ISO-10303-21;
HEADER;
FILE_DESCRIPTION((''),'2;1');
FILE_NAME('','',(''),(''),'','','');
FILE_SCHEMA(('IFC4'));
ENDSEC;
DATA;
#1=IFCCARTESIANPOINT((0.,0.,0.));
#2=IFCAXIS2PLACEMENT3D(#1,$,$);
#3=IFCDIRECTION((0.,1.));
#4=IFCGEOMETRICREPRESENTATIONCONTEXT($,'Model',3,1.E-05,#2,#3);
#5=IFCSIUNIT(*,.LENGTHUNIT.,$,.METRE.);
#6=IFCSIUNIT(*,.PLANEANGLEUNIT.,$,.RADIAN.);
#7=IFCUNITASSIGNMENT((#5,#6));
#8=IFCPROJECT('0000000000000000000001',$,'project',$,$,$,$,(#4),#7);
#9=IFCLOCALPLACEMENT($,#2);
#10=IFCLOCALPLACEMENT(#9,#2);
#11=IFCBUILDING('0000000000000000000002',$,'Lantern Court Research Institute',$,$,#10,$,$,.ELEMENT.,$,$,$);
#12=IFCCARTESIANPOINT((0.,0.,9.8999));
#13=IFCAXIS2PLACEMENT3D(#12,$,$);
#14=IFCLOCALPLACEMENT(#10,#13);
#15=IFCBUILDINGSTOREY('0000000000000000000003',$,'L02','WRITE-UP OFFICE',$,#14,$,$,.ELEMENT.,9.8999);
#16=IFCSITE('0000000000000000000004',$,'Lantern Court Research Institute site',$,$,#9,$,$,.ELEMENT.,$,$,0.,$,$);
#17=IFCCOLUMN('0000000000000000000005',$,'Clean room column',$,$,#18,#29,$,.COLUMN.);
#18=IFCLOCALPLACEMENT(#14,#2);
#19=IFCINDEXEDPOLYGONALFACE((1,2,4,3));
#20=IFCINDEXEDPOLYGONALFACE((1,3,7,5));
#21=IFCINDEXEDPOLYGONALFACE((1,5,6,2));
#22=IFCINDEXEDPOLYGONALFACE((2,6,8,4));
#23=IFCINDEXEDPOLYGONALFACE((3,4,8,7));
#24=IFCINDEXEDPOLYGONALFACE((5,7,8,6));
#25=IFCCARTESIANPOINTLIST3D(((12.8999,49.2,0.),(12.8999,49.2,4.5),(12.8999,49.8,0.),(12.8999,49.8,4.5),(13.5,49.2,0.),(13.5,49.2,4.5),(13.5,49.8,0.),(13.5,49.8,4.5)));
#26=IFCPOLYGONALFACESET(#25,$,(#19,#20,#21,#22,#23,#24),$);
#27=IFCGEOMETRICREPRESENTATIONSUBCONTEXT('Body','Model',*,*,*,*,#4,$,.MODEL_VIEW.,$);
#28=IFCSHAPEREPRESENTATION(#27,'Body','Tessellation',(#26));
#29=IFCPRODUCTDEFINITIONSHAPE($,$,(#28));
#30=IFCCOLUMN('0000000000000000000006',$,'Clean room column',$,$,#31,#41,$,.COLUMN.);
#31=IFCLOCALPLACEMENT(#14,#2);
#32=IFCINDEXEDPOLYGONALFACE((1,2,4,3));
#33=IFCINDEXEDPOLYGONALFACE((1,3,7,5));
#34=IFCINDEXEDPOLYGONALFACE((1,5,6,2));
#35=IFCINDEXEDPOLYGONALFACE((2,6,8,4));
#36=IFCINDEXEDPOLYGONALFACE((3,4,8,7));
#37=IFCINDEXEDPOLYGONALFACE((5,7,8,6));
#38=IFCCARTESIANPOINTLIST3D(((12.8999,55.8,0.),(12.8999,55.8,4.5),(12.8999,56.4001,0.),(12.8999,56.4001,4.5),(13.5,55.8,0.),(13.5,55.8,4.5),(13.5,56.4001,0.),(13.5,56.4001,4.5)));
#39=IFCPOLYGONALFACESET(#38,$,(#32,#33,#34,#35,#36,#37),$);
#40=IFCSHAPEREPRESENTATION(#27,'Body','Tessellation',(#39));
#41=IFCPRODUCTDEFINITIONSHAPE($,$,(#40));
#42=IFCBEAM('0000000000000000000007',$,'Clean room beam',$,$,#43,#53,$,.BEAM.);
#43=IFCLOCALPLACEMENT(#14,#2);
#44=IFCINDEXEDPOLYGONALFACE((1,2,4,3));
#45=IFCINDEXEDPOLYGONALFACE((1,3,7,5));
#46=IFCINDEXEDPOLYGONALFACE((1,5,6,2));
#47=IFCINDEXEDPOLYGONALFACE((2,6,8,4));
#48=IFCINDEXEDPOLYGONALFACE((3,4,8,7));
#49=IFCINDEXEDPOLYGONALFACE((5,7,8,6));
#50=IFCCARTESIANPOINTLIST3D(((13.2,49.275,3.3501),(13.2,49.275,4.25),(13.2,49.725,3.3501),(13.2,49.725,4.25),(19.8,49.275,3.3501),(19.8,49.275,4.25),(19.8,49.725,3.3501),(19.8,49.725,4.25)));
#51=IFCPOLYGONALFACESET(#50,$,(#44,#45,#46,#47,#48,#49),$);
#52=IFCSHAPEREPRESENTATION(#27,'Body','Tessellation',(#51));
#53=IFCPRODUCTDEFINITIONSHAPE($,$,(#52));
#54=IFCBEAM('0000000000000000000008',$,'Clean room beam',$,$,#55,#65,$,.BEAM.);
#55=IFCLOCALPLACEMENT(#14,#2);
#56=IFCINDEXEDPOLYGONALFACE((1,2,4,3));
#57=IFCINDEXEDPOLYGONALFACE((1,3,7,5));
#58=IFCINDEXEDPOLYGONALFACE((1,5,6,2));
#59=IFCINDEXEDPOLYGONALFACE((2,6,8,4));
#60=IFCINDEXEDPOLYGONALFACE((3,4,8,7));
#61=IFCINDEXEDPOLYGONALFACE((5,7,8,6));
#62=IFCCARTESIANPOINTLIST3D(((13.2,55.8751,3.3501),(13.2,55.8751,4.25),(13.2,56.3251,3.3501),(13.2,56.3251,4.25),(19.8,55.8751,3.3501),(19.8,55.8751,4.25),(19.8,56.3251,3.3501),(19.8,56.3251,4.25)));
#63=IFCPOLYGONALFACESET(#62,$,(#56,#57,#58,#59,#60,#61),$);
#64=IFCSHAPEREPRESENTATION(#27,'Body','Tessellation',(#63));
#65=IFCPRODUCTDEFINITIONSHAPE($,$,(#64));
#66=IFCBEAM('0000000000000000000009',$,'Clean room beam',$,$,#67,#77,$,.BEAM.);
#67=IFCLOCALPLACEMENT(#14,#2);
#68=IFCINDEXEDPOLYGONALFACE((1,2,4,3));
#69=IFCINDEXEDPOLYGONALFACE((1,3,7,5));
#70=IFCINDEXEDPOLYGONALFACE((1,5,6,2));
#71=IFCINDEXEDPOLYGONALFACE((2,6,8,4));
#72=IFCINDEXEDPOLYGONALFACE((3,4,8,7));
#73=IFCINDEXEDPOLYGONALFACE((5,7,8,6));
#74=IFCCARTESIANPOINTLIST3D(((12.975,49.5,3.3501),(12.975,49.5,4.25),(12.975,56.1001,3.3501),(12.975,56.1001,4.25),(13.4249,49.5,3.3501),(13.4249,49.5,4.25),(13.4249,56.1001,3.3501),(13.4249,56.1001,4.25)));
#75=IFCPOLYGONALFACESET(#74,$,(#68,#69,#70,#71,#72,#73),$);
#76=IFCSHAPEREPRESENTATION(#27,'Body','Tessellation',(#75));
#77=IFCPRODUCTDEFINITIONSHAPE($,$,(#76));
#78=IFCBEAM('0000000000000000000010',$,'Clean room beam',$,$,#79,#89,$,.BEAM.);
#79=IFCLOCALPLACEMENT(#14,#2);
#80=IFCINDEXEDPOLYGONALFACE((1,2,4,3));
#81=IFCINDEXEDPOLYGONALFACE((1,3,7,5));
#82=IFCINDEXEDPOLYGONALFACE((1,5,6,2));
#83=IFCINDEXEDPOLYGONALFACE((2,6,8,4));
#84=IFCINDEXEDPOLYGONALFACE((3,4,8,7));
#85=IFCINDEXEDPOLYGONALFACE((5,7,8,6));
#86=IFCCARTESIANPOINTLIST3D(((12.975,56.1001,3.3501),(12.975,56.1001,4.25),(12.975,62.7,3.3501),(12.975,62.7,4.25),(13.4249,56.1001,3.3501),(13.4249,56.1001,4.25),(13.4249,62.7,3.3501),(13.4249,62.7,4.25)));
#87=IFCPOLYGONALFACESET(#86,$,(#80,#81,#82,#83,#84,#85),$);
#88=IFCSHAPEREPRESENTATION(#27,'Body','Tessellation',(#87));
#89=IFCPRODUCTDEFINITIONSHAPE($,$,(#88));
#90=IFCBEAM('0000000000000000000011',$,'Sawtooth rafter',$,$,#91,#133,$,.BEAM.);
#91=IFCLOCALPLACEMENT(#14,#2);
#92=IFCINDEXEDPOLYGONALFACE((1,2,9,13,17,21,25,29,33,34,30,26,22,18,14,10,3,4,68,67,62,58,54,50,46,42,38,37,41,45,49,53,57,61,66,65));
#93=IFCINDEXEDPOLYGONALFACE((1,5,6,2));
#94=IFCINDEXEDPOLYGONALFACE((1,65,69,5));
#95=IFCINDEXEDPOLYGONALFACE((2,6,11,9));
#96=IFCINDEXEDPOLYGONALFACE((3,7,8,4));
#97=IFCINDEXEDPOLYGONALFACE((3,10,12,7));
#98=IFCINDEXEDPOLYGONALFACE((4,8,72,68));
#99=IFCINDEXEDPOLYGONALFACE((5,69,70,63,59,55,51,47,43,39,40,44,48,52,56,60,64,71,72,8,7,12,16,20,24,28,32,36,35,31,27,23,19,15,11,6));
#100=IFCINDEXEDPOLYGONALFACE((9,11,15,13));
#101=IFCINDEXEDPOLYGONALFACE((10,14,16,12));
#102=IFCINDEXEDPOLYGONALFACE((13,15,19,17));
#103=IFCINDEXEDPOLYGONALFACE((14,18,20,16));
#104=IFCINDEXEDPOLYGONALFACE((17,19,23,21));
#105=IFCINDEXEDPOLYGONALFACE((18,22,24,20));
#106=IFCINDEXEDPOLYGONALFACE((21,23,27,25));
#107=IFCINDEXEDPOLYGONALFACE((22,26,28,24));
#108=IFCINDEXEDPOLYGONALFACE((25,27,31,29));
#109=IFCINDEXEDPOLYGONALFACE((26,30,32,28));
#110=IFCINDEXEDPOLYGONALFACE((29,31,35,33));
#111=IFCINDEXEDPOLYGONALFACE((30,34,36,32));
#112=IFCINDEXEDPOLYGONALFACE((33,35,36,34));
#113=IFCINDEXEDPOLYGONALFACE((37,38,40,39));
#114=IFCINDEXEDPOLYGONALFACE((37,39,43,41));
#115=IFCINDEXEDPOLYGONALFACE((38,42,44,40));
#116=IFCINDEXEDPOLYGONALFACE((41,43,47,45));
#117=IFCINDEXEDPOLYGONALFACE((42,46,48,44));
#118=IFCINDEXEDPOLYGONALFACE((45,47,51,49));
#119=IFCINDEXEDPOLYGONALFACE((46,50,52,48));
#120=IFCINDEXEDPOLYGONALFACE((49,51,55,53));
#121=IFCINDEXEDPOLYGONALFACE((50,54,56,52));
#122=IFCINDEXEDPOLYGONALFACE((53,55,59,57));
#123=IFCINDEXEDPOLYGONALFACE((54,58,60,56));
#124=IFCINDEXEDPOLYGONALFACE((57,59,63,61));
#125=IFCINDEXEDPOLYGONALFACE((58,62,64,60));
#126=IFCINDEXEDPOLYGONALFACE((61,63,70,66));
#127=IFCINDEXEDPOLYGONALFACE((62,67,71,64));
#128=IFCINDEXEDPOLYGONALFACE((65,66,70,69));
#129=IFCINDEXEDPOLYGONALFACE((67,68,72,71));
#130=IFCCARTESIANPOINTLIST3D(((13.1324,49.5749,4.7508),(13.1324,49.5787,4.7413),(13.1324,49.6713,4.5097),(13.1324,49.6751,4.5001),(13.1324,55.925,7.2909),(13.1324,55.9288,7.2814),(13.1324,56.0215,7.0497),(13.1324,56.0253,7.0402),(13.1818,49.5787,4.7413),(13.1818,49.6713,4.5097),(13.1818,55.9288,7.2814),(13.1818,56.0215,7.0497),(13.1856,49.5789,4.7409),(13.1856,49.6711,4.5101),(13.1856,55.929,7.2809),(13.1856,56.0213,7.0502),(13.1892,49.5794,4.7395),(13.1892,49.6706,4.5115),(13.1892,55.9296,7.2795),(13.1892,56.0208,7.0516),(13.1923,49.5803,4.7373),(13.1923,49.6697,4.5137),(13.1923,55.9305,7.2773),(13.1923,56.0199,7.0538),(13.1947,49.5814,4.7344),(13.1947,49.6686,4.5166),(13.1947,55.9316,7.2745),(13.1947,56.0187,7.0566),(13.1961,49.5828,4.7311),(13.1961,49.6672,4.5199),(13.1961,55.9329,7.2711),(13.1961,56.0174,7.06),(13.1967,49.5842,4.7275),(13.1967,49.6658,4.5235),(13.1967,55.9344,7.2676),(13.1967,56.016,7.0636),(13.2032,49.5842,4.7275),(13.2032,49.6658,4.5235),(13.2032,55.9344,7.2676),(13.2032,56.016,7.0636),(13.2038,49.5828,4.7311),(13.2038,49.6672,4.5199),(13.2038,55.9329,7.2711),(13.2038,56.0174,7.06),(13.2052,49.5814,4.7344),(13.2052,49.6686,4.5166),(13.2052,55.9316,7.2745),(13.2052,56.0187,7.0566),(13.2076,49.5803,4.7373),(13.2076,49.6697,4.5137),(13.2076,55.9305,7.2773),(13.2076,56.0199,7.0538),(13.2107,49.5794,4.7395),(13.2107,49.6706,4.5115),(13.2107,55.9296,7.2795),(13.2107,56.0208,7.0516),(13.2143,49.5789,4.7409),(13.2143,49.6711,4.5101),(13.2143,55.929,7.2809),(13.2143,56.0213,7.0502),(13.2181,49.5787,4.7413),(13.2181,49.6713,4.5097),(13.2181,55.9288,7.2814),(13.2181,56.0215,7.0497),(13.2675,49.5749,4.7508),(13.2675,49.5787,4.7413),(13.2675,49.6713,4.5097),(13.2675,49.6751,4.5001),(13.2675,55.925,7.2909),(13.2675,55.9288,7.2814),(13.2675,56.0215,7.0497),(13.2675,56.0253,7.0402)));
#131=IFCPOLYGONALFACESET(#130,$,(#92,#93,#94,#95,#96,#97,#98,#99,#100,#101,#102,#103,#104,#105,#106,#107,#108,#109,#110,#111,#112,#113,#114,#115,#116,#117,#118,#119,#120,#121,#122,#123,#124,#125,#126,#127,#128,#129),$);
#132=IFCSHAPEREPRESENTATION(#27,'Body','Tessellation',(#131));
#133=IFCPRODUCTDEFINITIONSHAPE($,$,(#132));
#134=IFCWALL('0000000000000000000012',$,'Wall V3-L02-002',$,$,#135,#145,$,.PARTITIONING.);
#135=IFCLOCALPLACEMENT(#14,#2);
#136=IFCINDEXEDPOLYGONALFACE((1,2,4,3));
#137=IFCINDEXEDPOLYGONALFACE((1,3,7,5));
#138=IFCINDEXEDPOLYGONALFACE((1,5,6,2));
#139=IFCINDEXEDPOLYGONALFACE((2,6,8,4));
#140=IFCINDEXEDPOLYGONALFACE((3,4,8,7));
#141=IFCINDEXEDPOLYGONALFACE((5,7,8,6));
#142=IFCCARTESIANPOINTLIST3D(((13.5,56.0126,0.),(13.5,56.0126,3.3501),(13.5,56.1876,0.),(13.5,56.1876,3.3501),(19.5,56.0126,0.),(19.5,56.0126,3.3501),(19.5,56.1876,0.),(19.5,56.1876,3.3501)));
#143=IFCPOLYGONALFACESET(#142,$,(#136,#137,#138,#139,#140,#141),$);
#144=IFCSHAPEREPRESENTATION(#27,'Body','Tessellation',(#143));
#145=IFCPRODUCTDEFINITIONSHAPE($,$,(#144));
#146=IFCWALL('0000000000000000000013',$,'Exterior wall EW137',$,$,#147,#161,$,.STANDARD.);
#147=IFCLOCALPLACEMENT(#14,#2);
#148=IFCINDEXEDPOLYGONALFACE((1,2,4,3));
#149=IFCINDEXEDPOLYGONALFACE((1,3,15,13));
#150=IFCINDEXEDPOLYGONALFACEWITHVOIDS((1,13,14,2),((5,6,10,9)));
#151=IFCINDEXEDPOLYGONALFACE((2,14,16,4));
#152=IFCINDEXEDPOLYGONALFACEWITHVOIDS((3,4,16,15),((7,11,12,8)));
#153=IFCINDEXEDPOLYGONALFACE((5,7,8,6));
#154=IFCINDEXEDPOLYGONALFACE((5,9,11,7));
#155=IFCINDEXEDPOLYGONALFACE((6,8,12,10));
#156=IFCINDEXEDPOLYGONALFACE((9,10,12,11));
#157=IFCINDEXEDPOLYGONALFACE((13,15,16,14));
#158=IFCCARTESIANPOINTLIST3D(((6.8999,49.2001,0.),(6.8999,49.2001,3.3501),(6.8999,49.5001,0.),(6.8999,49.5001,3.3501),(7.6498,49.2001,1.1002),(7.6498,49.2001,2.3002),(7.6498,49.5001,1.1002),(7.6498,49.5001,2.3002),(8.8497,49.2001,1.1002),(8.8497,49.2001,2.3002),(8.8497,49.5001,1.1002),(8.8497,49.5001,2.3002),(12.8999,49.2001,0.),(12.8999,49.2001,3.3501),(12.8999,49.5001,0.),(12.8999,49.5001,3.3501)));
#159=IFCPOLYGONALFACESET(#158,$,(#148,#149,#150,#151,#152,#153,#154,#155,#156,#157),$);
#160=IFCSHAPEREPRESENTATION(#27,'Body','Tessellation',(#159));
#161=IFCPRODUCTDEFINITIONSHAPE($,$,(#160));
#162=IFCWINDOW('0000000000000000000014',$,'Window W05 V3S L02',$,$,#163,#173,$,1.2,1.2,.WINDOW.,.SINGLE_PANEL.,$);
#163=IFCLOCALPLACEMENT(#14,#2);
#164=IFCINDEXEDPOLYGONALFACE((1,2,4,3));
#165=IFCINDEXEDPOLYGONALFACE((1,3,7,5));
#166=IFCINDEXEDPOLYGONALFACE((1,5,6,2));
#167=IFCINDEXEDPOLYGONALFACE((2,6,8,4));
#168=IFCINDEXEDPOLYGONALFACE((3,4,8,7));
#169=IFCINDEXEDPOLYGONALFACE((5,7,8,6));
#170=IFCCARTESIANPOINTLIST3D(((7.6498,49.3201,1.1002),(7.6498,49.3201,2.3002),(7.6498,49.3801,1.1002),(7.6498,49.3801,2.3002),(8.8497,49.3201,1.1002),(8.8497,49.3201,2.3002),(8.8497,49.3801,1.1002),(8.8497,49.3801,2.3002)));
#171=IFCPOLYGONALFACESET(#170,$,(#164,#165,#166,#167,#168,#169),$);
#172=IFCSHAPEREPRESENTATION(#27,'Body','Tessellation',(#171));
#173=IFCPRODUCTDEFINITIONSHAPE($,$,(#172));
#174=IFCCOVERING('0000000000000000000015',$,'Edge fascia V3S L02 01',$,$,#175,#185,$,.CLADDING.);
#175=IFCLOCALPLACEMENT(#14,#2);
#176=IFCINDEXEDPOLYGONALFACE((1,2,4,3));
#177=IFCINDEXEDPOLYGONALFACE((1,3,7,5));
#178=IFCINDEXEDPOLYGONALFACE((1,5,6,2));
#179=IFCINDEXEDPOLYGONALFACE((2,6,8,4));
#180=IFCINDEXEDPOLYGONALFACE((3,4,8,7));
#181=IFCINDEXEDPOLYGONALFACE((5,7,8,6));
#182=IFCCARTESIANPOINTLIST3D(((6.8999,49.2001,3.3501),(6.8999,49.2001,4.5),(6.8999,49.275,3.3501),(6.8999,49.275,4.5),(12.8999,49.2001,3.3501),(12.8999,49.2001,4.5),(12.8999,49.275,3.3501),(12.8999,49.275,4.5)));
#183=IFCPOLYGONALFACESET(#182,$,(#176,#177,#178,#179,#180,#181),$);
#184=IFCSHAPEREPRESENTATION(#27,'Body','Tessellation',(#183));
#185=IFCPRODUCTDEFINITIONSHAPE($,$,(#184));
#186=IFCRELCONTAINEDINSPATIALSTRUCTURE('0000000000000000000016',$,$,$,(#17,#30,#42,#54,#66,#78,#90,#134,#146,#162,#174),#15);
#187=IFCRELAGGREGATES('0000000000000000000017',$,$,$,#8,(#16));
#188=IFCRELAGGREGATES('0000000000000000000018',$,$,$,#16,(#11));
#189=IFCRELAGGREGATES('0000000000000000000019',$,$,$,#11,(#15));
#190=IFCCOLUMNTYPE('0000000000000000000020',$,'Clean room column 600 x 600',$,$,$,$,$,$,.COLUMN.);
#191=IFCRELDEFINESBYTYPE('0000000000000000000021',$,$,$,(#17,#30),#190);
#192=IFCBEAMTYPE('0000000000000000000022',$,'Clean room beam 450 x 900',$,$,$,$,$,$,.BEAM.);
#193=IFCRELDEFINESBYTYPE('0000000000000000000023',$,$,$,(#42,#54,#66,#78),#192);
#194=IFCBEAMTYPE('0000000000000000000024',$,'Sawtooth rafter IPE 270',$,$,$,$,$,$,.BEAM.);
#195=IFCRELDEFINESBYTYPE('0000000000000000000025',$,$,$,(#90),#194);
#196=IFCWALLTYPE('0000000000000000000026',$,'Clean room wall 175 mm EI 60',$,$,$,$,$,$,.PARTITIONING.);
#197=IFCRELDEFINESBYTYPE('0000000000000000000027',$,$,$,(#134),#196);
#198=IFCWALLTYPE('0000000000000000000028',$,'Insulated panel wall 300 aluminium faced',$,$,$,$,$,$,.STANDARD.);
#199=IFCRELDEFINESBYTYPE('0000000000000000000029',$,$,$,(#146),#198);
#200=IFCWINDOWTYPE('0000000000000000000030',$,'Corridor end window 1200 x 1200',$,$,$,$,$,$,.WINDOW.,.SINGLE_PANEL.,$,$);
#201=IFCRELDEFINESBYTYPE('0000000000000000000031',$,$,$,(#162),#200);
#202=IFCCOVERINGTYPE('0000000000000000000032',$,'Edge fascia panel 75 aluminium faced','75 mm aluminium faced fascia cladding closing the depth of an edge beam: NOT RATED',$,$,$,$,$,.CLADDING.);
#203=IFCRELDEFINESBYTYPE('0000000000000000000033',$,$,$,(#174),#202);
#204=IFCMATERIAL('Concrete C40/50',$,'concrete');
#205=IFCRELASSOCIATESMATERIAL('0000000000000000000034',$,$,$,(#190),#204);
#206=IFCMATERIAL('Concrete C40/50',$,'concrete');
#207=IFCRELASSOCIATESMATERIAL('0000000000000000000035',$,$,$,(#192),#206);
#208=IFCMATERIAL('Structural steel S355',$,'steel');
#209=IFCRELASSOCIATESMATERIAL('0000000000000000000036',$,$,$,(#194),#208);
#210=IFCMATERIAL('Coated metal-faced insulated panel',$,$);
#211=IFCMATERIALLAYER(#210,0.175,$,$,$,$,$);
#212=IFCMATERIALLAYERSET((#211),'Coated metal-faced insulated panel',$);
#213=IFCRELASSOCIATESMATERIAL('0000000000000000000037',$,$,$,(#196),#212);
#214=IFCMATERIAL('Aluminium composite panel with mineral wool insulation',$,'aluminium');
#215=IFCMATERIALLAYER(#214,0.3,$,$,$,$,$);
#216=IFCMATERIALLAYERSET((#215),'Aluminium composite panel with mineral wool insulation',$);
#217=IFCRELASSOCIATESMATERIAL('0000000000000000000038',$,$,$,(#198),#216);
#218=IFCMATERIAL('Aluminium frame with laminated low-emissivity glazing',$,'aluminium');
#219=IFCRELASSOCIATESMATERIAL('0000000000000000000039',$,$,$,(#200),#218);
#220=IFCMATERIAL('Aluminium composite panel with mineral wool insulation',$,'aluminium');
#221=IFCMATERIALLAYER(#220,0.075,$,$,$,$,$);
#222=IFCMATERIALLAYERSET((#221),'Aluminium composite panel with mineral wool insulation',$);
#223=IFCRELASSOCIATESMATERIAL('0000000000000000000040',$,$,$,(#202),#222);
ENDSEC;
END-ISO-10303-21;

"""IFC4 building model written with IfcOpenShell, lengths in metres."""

from ifc_helpers import new_model, si_unit, direction, frame, frame_2d, origin, origin_2d, place, context, subcontext, project, spatial, rectangle, i_section, extrude, material, layer, layer_set, material_profile, profile_set, type_object, element, fill, save


model = new_model("IFC4")

# Units and contexts
model_context = context("Model", 3, precision=1e-05, world=origin(), true_north=direction((0.0, 1.0)))
body_context = subcontext(model_context, "Body", "Model", "MODEL_VIEW")
ifc_project = project(units=[si_unit("LENGTHUNIT", "METRE"), si_unit("PLANEANGLEUNIT", "RADIAN")], contexts=[model_context])

# Site, building, storey
site_placement = place(None, origin())
site = spatial("IfcSite", under=ifc_project, at=site_placement, Name="Lantern Court Research Institute site", CompositionType="ELEMENT", RefElevation=0.0)
building_placement = place(site_placement, origin())
building = spatial("IfcBuilding", under=site, at=building_placement, Name="Lantern Court Research Institute", CompositionType="ELEMENT")
storey_placement = place(building_placement, frame((0.0, 0.0, 9.8999)))
storey = spatial("IfcBuildingStorey", under=building, at=storey_placement, Name="L02", Description="WRITE-UP OFFICE", CompositionType="ELEMENT", Elevation=9.8999)

# Columns
ifc_material_1 = material(Name="Concrete C40/50", Category="concrete")
ifc_material_profile_1 = material_profile(ifc_material_1, rectangle(XDim=0.6001, YDim=0.6001, at=origin_2d()), Name="Clean room column 600 x 600")
ifc_profile_set_1 = profile_set([ifc_material_profile_1], Name="Concrete C40/50")
column_type = type_object("IfcColumnType", Name="Clean room column 600 x 600", PredefinedType="COLUMN", material=ifc_profile_set_1)
for number, where, z_axis, x_axis, name in (
    (1, (13.2, 49.5, 0.0), (0.0, 0.0, 1.0), (1.0, 0.0, 0.0), "Clean room column"),
    (2, (13.2, 56.1001, 0.0), (0.0, 0.0, 1.0), (1.0, 0.0, 0.0), "Clean room column"),
):
    element("IfcColumn", number, at=place(storey_placement, frame(where, z_axis=z_axis, x_axis=x_axis)), inside=storey, type_object=column_type, Name=name, PredefinedType="COLUMN", context=body_context, shape_type="SweptSolid", body=[
        extrude(rectangle(XDim=0.6001, YDim=0.6001, at=origin_2d()), origin(), (0.0, 0.0, 1.0), 4.5),
    ])

# Beams
ifc_material_2 = material(Name="Concrete C40/50", Category="concrete")
ifc_material_profile_2 = material_profile(ifc_material_2, rectangle(XDim=0.45, YDim=0.8999, at=origin_2d()), Name="Clean room beam 450 x 900")
ifc_profile_set_2 = profile_set([ifc_material_profile_2], Name="Concrete C40/50")
beam_type_1 = type_object("IfcBeamType", Name="Clean room beam 450 x 900", PredefinedType="BEAM", material=ifc_profile_set_2)
for number, where, z_axis, x_axis, name in (
    (3, (13.2, 49.5, 3.8), (1.0, 0.0, 0.0), (0.0, 1.0, 0.0), "Clean room beam"),
    (4, (13.2, 56.1001, 3.8), (1.0, 0.0, 0.0), (0.0, 1.0, 0.0), "Clean room beam"),
    (5, (13.2, 49.5, 3.8), (0.0, 1.0, 0.0), (-1.0, 0.0, 0.0), "Clean room beam"),
):
    element("IfcBeam", number, at=place(storey_placement, frame(where, z_axis=z_axis, x_axis=x_axis)), inside=storey, type_object=beam_type_1, Name=name, PredefinedType="BEAM", context=body_context, shape_type="SweptSolid", body=[
        extrude(rectangle(XDim=0.45, YDim=0.8999, at=origin_2d()), origin(), (0.0, 0.0, 1.0), 6.6001),
    ])
beam_1_placement = place(storey_placement, frame((13.2, 56.1001, 3.8), z_axis=(0.0, 1.0, 0.0), x_axis=(-1.0, 0.0, 0.0)))
element("IfcBeam", 6, at=beam_1_placement, inside=storey, type_object=beam_type_1, Name="Clean room beam", PredefinedType="BEAM", context=body_context, shape_type="SweptSolid", body=[
    extrude(rectangle(XDim=0.45, YDim=0.8999, at=origin_2d()), origin(), (0.0, 0.0, 1.0), 6.5999),
])
ifc_material_3 = material(Name="Structural steel S355", Category="steel")
ifc_material_profile_3 = material_profile(ifc_material_3, i_section(OverallWidth=0.135, OverallDepth=0.27, WebThickness=0.0066, FlangeThickness=0.0103, FilletRadius=0.0149, at=origin_2d()), Name="IPE 270")
ifc_profile_set_3 = profile_set([ifc_material_profile_3], Name="Structural steel S355")
beam_type_2 = type_object("IfcBeamType", Name="Sawtooth rafter IPE 270", PredefinedType="BEAM", material=ifc_profile_set_3)
beam_2_placement = place(storey_placement, frame((13.2, 49.625, 4.6255), z_axis=(0.0, 0.928477, 0.371391), x_axis=(-1.0, 0.0, 0.0)))
element("IfcBeam", 7, at=beam_2_placement, inside=storey, type_object=beam_type_2, Name="Sawtooth rafter", PredefinedType="BEAM", context=body_context, shape_type="SweptSolid", body=[
    extrude(i_section(OverallWidth=0.135, OverallDepth=0.27, WebThickness=0.0066, FlangeThickness=0.0103, FilletRadius=0.0149, at=origin_2d()), origin(), (0.0, 0.0, 1.0), 6.8394),
])

# Wall
ifc_material_4 = material(Name="Coated metal-faced insulated panel")
ifc_layer_1 = layer(ifc_material_4, 0.175)
ifc_layer_set_1 = layer_set([ifc_layer_1], Name="Coated metal-faced insulated panel")
wall_type_1 = type_object("IfcWallType", Name="Clean room wall 175 mm EI 60", PredefinedType="PARTITIONING", material=ifc_layer_set_1)
wall_1_placement = place(storey_placement, frame((13.5, 56.1001, 0.0), z_axis=(0.0, 0.0, 1.0), x_axis=(1.0, 0.0, 0.0)))
element("IfcWall", 8, at=wall_1_placement, inside=storey, type_object=wall_type_1, Name="Wall V3-L02-002", PredefinedType="PARTITIONING", context=body_context, shape_type="SweptSolid", body=[
    extrude(rectangle(XDim=6.0, YDim=0.175, at=frame_2d((3.0, 0.0))), origin(), (0.0, 0.0, 1.0), 3.3501),
])

# Wall, opening, window
ifc_material_5 = material(Name="Aluminium composite panel with mineral wool insulation", Category="aluminium")
ifc_layer_2 = layer(ifc_material_5, 0.3)
ifc_layer_set_2 = layer_set([ifc_layer_2], Name="Aluminium composite panel with mineral wool insulation")
wall_type_2 = type_object("IfcWallType", Name="Insulated panel wall 300 aluminium faced", PredefinedType="STANDARD", material=ifc_layer_set_2)
wall_2_placement = place(storey_placement, frame((12.8999, 49.3501, 0.0), z_axis=(0.0, 0.0, 1.0), x_axis=(-1.0, 0.0, 0.0)))
wall_2 = element("IfcWall", 9, at=wall_2_placement, inside=storey, type_object=wall_type_2, Name="Exterior wall EW137", PredefinedType="STANDARD", context=body_context, shape_type="SweptSolid", body=[
    extrude(rectangle(XDim=6.0, YDim=0.3, at=frame_2d((3.0, 0.0))), origin(), (0.0, 0.0, 1.0), 3.3501),
])
opening_placement = place(wall_2_placement, frame((4.05, 0.0, 1.1001)))
opening = element("IfcOpeningElement", 10, at=opening_placement, cuts=wall_2, PredefinedType="OPENING", context=body_context, shape_type="SweptSolid", body=[
    extrude(rectangle(XDim=1.2, YDim=1.2, at=frame_2d((0.6001, 0.6001))), frame((0.0, 0.1599, 0.0), z_axis=(0.0, -1.0, 0.0), x_axis=(1.0, 0.0, 0.0)), (0.0, 0.0, 1.0), 0.3201),
])
ifc_material_6 = material(Name="Aluminium frame with laminated low-emissivity glazing", Category="aluminium")
window_type = type_object("IfcWindowType", Name="Corridor end window 1200 x 1200", PartitioningType="SINGLE_PANEL", PredefinedType="WINDOW", material=ifc_material_6)
window_placement = place(opening_placement, origin())
window = element("IfcWindow", 11, at=window_placement, inside=storey, type_object=window_type, Name="Window W05 V3S L02", OverallHeight=1.2, OverallWidth=1.2, PartitioningType="SINGLE_PANEL", PredefinedType="WINDOW", context=body_context, shape_type="SweptSolid", body=[
    extrude(rectangle(XDim=1.2, YDim=1.2, at=frame_2d((0.6001, 0.6001))), frame((0.0, 0.03, 0.0), z_axis=(0.0, -1.0, 0.0), x_axis=(1.0, 0.0, 0.0)), (0.0, 0.0, 1.0), 0.0601),
])
fill(opening, window)

# Covering
ifc_material_7 = material(Name="Aluminium composite panel with mineral wool insulation", Category="aluminium")
ifc_layer_3 = layer(ifc_material_7, 0.075)
ifc_layer_set_3 = layer_set([ifc_layer_3], Name="Aluminium composite panel with mineral wool insulation")
covering_type_1 = type_object("IfcCoveringType", Name="Edge fascia panel 75 aluminium faced", Description="75 mm aluminium faced fascia cladding closing the depth of an edge beam: NOT RATED", PredefinedType="CLADDING", material=ifc_layer_set_3)
covering_1_placement = place(storey_placement, frame((12.8999, 49.2375, 3.3501), z_axis=(0.0, 0.0, 1.0), x_axis=(-1.0, 0.0, 0.0)))
element("IfcCovering", 12, at=covering_1_placement, inside=storey, type_object=covering_type_1, Name="Edge fascia V3S L02 01", PredefinedType="CLADDING", context=body_context, shape_type="SweptSolid", body=[
    extrude(rectangle(XDim=6.0, YDim=0.075, at=frame_2d((3.0, 0.0))), origin(), (0.0, 0.0, 1.0), 1.1499),
])

save(model, "model.ifc")
